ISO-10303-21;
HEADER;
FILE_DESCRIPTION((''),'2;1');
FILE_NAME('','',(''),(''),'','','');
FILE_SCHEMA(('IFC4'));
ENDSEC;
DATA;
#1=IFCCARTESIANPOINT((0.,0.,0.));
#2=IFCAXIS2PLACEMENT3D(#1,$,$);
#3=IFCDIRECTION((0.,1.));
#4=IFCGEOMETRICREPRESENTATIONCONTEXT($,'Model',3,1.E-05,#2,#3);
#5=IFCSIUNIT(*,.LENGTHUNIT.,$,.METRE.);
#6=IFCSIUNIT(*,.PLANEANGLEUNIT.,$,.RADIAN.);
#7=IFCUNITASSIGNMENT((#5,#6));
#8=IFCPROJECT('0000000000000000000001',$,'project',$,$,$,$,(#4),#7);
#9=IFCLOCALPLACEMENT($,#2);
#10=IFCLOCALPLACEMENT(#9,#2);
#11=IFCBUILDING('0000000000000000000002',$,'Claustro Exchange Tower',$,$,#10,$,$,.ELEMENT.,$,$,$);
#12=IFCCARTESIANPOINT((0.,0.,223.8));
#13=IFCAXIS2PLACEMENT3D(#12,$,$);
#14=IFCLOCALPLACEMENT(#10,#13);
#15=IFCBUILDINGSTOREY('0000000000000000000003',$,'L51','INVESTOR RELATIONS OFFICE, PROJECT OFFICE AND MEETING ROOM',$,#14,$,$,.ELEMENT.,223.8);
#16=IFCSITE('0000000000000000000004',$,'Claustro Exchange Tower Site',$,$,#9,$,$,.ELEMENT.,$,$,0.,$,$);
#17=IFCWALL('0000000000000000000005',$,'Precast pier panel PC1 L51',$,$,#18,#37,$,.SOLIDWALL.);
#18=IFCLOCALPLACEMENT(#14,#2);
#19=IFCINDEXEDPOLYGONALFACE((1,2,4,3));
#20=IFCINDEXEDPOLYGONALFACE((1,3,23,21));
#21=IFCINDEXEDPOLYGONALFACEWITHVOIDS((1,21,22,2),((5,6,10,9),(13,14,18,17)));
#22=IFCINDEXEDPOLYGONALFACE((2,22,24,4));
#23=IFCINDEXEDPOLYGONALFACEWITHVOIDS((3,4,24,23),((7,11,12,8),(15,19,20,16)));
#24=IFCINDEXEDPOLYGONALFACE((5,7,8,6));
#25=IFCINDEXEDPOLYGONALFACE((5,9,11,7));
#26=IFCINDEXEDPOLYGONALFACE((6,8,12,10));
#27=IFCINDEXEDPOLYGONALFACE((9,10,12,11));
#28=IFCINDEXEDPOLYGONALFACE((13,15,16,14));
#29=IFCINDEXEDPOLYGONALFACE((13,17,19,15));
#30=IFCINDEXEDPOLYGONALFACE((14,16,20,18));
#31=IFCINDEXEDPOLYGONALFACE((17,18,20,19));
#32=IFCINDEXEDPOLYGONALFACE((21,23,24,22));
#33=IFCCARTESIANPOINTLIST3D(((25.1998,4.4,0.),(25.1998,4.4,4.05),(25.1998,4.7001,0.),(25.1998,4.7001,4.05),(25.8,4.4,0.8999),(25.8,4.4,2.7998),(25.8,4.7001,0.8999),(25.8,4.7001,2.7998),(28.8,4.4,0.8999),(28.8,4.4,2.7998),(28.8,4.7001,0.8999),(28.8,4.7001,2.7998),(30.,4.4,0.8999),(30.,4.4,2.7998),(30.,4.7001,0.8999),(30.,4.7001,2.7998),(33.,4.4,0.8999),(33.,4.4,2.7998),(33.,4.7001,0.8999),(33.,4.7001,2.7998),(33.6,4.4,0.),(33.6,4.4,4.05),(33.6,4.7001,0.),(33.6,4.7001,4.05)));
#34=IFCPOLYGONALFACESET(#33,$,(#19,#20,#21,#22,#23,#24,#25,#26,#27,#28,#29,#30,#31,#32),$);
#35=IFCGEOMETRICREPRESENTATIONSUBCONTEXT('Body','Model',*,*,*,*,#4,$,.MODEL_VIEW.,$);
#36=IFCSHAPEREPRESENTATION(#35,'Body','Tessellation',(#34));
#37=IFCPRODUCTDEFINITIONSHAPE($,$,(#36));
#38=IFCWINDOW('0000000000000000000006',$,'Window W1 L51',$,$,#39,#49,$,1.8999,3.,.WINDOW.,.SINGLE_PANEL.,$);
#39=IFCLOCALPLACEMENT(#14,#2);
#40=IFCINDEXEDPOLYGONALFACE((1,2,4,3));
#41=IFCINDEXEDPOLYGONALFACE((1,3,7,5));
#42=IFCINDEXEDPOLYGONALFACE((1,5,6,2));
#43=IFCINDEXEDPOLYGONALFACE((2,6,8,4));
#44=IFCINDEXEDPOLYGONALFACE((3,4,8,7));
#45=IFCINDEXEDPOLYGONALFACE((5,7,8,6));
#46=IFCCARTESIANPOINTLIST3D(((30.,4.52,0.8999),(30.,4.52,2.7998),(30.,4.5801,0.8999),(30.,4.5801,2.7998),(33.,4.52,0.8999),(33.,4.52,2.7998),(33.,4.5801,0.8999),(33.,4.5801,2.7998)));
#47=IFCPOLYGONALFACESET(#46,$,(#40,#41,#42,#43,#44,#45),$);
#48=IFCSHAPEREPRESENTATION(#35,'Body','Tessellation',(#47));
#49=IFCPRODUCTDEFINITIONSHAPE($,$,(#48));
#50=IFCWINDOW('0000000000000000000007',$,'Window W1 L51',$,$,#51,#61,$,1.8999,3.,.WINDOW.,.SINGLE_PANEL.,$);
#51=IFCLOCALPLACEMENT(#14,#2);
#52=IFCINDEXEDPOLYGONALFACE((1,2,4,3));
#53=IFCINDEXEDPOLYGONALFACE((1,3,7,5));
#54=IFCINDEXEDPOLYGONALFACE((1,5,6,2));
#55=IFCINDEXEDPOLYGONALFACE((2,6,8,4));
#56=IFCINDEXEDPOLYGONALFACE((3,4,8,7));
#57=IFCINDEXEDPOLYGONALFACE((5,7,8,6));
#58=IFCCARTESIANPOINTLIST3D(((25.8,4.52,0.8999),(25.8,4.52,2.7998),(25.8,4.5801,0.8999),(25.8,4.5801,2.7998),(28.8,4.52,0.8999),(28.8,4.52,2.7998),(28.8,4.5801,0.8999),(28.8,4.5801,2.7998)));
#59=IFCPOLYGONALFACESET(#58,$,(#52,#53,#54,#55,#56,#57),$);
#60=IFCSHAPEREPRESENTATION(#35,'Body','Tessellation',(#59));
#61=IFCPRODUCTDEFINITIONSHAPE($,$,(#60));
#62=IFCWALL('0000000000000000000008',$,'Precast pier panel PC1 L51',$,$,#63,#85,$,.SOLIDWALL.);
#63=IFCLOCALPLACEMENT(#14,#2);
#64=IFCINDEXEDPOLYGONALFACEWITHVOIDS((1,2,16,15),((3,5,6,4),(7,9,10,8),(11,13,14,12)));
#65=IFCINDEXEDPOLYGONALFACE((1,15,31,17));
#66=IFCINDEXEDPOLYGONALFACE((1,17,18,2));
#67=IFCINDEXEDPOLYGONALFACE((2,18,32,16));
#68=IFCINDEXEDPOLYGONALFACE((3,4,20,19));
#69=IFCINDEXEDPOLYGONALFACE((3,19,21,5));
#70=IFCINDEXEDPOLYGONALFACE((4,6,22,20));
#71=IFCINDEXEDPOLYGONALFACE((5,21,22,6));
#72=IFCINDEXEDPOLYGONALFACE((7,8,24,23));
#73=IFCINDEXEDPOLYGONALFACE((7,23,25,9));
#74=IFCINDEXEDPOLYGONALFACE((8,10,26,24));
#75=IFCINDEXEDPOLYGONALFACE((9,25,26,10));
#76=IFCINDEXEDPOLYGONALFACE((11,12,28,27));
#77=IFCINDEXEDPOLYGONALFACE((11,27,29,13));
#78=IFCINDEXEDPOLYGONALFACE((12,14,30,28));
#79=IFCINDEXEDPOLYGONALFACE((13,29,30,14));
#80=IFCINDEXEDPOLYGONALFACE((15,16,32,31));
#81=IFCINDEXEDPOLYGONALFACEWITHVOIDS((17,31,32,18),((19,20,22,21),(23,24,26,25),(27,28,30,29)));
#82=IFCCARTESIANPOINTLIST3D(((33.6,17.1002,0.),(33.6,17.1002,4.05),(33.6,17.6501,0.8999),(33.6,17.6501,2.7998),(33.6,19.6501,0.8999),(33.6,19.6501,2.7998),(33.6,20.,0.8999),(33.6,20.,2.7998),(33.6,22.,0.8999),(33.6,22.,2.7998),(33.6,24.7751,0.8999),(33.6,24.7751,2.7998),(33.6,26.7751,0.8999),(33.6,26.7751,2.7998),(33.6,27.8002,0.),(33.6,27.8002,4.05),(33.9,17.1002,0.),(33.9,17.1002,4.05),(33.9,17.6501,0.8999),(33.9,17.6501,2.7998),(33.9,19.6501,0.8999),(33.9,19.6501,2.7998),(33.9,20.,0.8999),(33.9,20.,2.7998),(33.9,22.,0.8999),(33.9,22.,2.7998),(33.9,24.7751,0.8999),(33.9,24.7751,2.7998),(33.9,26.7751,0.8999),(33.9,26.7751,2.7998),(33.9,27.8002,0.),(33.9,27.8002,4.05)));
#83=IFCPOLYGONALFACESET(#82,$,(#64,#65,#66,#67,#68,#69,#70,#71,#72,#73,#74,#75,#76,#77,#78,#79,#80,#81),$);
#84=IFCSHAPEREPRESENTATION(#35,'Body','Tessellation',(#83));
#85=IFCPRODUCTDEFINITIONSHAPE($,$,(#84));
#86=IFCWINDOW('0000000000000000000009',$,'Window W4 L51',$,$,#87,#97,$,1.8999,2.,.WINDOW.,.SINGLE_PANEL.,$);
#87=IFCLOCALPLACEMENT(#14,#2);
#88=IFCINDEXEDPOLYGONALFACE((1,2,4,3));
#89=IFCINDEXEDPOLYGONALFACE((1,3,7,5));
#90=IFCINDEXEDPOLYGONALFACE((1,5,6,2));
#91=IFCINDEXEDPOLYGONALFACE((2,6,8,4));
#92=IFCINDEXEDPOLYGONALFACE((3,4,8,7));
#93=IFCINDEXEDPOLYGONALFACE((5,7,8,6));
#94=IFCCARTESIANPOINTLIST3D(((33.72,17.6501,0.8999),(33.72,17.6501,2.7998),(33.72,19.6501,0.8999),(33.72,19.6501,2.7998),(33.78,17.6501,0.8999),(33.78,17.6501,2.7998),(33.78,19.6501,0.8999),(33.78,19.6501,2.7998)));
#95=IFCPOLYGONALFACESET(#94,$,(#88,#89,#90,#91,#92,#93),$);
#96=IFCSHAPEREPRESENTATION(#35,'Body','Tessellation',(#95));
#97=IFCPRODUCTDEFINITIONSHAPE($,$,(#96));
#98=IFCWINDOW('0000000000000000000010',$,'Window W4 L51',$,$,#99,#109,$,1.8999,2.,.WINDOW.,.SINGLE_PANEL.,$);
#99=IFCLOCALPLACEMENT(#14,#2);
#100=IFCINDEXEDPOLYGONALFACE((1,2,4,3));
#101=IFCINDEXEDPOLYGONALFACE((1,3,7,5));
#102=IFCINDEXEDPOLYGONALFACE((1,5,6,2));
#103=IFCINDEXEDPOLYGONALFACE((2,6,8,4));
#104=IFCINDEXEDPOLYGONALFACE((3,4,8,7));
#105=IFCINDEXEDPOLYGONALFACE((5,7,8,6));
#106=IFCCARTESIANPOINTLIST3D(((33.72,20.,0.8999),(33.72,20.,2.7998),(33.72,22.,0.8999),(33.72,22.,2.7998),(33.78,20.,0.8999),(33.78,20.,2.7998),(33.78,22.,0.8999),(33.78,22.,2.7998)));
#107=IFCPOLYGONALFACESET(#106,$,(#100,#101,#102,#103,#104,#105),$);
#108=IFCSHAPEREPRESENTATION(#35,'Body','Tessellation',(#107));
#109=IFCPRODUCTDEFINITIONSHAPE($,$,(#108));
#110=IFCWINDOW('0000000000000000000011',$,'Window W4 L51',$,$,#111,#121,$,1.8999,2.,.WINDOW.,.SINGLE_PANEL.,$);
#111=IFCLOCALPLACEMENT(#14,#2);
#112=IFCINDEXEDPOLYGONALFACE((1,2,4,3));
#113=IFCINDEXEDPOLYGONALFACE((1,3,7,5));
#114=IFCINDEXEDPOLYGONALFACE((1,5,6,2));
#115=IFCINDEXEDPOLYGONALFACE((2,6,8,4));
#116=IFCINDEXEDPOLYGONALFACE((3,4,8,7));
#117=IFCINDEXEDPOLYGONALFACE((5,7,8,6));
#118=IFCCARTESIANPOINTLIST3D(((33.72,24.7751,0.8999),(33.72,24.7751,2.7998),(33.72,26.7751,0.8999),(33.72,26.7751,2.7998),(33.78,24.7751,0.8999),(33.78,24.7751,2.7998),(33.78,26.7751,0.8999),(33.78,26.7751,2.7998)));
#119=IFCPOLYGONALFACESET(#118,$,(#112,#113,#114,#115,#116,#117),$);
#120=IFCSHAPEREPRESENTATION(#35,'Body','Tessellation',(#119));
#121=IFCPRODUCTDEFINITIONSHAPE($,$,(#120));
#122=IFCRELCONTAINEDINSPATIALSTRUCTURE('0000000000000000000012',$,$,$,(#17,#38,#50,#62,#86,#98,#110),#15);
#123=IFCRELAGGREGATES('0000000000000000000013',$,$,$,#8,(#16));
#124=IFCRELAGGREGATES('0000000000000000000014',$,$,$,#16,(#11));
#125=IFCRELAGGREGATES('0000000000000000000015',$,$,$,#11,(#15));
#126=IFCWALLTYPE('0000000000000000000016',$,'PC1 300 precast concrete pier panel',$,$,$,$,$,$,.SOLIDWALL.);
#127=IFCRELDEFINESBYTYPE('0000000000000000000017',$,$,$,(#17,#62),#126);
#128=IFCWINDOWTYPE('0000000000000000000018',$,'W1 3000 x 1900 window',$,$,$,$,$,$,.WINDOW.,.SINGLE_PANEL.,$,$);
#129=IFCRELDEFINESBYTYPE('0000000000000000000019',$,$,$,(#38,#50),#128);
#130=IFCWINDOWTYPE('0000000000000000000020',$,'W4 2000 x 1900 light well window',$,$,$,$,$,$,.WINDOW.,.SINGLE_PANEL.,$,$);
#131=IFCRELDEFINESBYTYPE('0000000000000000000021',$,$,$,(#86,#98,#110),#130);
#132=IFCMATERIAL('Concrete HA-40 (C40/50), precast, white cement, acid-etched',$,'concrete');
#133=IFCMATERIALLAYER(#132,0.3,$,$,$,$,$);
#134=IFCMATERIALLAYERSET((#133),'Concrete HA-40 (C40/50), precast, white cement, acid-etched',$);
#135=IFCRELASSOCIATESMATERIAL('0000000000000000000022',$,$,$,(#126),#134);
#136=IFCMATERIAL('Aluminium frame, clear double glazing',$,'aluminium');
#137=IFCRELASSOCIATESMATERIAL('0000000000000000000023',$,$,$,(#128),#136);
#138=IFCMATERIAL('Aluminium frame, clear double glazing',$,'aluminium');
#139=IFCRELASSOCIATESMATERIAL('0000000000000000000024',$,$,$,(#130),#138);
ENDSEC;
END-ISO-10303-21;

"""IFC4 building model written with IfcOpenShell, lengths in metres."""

from ifc_helpers import new_model, si_unit, direction, frame, frame_2d, origin, place, context, subcontext, project, spatial, rectangle, extrude, material, layer, layer_set, type_object, element, fill, save


model = new_model("IFC4")

# Units and contexts
model_context = context("Model", 3, precision=1e-05, world=origin(), true_north=direction((0.0, 1.0)))
body_context = subcontext(model_context, "Body", "Model", "MODEL_VIEW")
ifc_project = project(units=[si_unit("LENGTHUNIT", "METRE"), si_unit("PLANEANGLEUNIT", "RADIAN")], contexts=[model_context])

# Site, building, storey
site_placement = place(None, origin())
site = spatial("IfcSite", under=ifc_project, at=site_placement, Name="Claustro Exchange Tower Site", CompositionType="ELEMENT", RefElevation=0.0)
building_placement = place(site_placement, origin())
building = spatial("IfcBuilding", under=site, at=building_placement, Name="Claustro Exchange Tower", CompositionType="ELEMENT")
storey_placement = place(building_placement, frame((0.0, 0.0, 223.8)))
storey = spatial("IfcBuildingStorey", under=building, at=storey_placement, Name="L51", Description="INVESTOR RELATIONS OFFICE, PROJECT OFFICE AND MEETING ROOM", CompositionType="ELEMENT", Elevation=223.8)

# Walls, openings, windows
ifc_material_1 = material(Name="Concrete HA-40 (C40/50), precast, white cement, acid-etched", Category="concrete")
ifc_layer_1 = layer(ifc_material_1, 0.3)
ifc_layer_set_1 = layer_set([ifc_layer_1], Name="Concrete HA-40 (C40/50), precast, white cement, acid-etched")
wall_type_1 = type_object("IfcWallType", Name="PC1 300 precast concrete pier panel", PredefinedType="SOLIDWALL", material=ifc_layer_set_1)
wall_1_placement = place(storey_placement, frame((33.6001, 4.55, 0.0), z_axis=(0.0, 0.0, 1.0), x_axis=(-1.0, 0.0, 0.0)))
wall_1 = element("IfcWall", 1, at=wall_1_placement, inside=storey, type_object=wall_type_1, Name="Precast pier panel PC1 L51", PredefinedType="SOLIDWALL", context=body_context, shape_type="SweptSolid", body=[
    extrude(rectangle(XDim=8.4001, YDim=0.3, at=frame_2d((4.2002, 0.0))), origin(), (0.0, 0.0, 1.0), 4.05),
])
opening_1_placement = place(wall_1_placement, frame((0.6001, 0.0, 0.8999)))
opening_1 = element("IfcOpeningElement", 2, at=opening_1_placement, cuts=wall_1, PredefinedType="OPENING", context=body_context, shape_type="SweptSolid", body=[
    extrude(rectangle(XDim=3.0, YDim=1.8999, at=frame_2d((1.5, 0.95))), frame((0.0, 0.1599, 0.0), z_axis=(0.0, -1.0, 0.0), x_axis=(1.0, 0.0, 0.0)), (0.0, 0.0, 1.0), 0.3201),
])
opening_2_placement = place(wall_1_placement, frame((4.8, 0.0, 0.8999)))
opening_2 = element("IfcOpeningElement", 3, at=opening_2_placement, cuts=wall_1, PredefinedType="OPENING", context=body_context, shape_type="SweptSolid", body=[
    extrude(rectangle(XDim=3.0, YDim=1.8999, at=frame_2d((1.5, 0.95))), frame((0.0, 0.1599, 0.0), z_axis=(0.0, -1.0, 0.0), x_axis=(1.0, 0.0, 0.0)), (0.0, 0.0, 1.0), 0.3201),
])
ifc_material_2 = material(Name="Aluminium frame, clear double glazing", Category="aluminium")
window_type_1 = type_object("IfcWindowType", Name="W1 3000 x 1900 window", PartitioningType="SINGLE_PANEL", PredefinedType="WINDOW", material=ifc_material_2)
window_1_placement = place(opening_1_placement, origin())
window_1 = element("IfcWindow", 4, at=window_1_placement, inside=storey, type_object=window_type_1, Name="Window W1 L51", OverallHeight=1.8999, OverallWidth=3.0, PartitioningType="SINGLE_PANEL", PredefinedType="WINDOW", context=body_context, shape_type="SweptSolid", body=[
    extrude(rectangle(XDim=3.0, YDim=1.8999, at=frame_2d((1.5, 0.95))), frame((0.0, 0.03, 0.0), z_axis=(0.0, -1.0, 0.0), x_axis=(1.0, 0.0, 0.0)), (0.0, 0.0, 1.0), 0.0601),
])
fill(opening_1, window_1)
window_2_placement = place(opening_2_placement, origin())
window_2 = element("IfcWindow", 5, at=window_2_placement, inside=storey, type_object=window_type_1, Name="Window W1 L51", OverallHeight=1.8999, OverallWidth=3.0, PartitioningType="SINGLE_PANEL", PredefinedType="WINDOW", context=body_context, shape_type="SweptSolid", body=[
    extrude(rectangle(XDim=3.0, YDim=1.8999, at=frame_2d((1.5, 0.95))), frame((0.0, 0.03, 0.0), z_axis=(0.0, -1.0, 0.0), x_axis=(1.0, 0.0, 0.0)), (0.0, 0.0, 1.0), 0.0601),
])
fill(opening_2, window_2)
wall_2_placement = place(storey_placement, frame((33.75, 17.1001, 0.0), z_axis=(0.0, 0.0, 1.0), x_axis=(0.0, 1.0, 0.0)))
wall_2 = element("IfcWall", 6, at=wall_2_placement, inside=storey, type_object=wall_type_1, Name="Precast pier panel PC1 L51", PredefinedType="SOLIDWALL", context=body_context, shape_type="SweptSolid", body=[
    extrude(rectangle(XDim=10.7, YDim=0.3, at=frame_2d((5.3501, 0.0))), origin(), (0.0, 0.0, 1.0), 4.05),
])
opening_3_placement = place(wall_2_placement, frame((0.55, 0.0, 0.8999)))
opening_3 = element("IfcOpeningElement", 7, at=opening_3_placement, cuts=wall_2, PredefinedType="OPENING", context=body_context, shape_type="SweptSolid", body=[
    extrude(rectangle(XDim=2.0, YDim=1.8999, at=frame_2d((1.0, 0.95))), frame((0.0, 0.1599, 0.0), z_axis=(0.0, -1.0, 0.0), x_axis=(1.0, 0.0, 0.0)), (0.0, 0.0, 1.0), 0.3201),
])
opening_4_placement = place(wall_2_placement, frame((2.8999, 0.0, 0.8999)))
opening_4 = element("IfcOpeningElement", 8, at=opening_4_placement, cuts=wall_2, PredefinedType="OPENING", context=body_context, shape_type="SweptSolid", body=[
    extrude(rectangle(XDim=2.0, YDim=1.8999, at=frame_2d((1.0, 0.95))), frame((0.0, 0.1599, 0.0), z_axis=(0.0, -1.0, 0.0), x_axis=(1.0, 0.0, 0.0)), (0.0, 0.0, 1.0), 0.3201),
])
opening_5_placement = place(wall_2_placement, frame((7.675, 0.0, 0.8999)))
opening_5 = element("IfcOpeningElement", 9, at=opening_5_placement, cuts=wall_2, PredefinedType="OPENING", context=body_context, shape_type="SweptSolid", body=[
    extrude(rectangle(XDim=2.0, YDim=1.8999, at=frame_2d((1.0, 0.95))), frame((0.0, 0.1599, 0.0), z_axis=(0.0, -1.0, 0.0), x_axis=(1.0, 0.0, 0.0)), (0.0, 0.0, 1.0), 0.3201),
])
ifc_material_3 = material(Name="Aluminium frame, clear double glazing", Category="aluminium")
window_type_2 = type_object("IfcWindowType", Name="W4 2000 x 1900 light well window", PartitioningType="SINGLE_PANEL", PredefinedType="WINDOW", material=ifc_material_3)
window_3_placement = place(opening_3_placement, origin())
window_3 = element("IfcWindow", 10, at=window_3_placement, inside=storey, type_object=window_type_2, Name="Window W4 L51", OverallHeight=1.8999, OverallWidth=2.0, PartitioningType="SINGLE_PANEL", PredefinedType="WINDOW", context=body_context, shape_type="SweptSolid", body=[
    extrude(rectangle(XDim=2.0, YDim=1.8999, at=frame_2d((1.0, 0.95))), frame((0.0, 0.03, 0.0), z_axis=(0.0, -1.0, 0.0), x_axis=(1.0, 0.0, 0.0)), (0.0, 0.0, 1.0), 0.0601),
])
fill(opening_3, window_3)
window_4_placement = place(opening_4_placement, origin())
window_4 = element("IfcWindow", 11, at=window_4_placement, inside=storey, type_object=window_type_2, Name="Window W4 L51", OverallHeight=1.8999, OverallWidth=2.0, PartitioningType="SINGLE_PANEL", PredefinedType="WINDOW", context=body_context, shape_type="SweptSolid", body=[
    extrude(rectangle(XDim=2.0, YDim=1.8999, at=frame_2d((1.0, 0.95))), frame((0.0, 0.03, 0.0), z_axis=(0.0, -1.0, 0.0), x_axis=(1.0, 0.0, 0.0)), (0.0, 0.0, 1.0), 0.0601),
])
fill(opening_4, window_4)
window_5_placement = place(opening_5_placement, origin())
window_5 = element("IfcWindow", 12, at=window_5_placement, inside=storey, type_object=window_type_2, Name="Window W4 L51", OverallHeight=1.8999, OverallWidth=2.0, PartitioningType="SINGLE_PANEL", PredefinedType="WINDOW", context=body_context, shape_type="SweptSolid", body=[
    extrude(rectangle(XDim=2.0, YDim=1.8999, at=frame_2d((1.0, 0.95))), frame((0.0, 0.03, 0.0), z_axis=(0.0, -1.0, 0.0), x_axis=(1.0, 0.0, 0.0)), (0.0, 0.0, 1.0), 0.0601),
])
fill(opening_5, window_5)

save(model, "model.ifc")
